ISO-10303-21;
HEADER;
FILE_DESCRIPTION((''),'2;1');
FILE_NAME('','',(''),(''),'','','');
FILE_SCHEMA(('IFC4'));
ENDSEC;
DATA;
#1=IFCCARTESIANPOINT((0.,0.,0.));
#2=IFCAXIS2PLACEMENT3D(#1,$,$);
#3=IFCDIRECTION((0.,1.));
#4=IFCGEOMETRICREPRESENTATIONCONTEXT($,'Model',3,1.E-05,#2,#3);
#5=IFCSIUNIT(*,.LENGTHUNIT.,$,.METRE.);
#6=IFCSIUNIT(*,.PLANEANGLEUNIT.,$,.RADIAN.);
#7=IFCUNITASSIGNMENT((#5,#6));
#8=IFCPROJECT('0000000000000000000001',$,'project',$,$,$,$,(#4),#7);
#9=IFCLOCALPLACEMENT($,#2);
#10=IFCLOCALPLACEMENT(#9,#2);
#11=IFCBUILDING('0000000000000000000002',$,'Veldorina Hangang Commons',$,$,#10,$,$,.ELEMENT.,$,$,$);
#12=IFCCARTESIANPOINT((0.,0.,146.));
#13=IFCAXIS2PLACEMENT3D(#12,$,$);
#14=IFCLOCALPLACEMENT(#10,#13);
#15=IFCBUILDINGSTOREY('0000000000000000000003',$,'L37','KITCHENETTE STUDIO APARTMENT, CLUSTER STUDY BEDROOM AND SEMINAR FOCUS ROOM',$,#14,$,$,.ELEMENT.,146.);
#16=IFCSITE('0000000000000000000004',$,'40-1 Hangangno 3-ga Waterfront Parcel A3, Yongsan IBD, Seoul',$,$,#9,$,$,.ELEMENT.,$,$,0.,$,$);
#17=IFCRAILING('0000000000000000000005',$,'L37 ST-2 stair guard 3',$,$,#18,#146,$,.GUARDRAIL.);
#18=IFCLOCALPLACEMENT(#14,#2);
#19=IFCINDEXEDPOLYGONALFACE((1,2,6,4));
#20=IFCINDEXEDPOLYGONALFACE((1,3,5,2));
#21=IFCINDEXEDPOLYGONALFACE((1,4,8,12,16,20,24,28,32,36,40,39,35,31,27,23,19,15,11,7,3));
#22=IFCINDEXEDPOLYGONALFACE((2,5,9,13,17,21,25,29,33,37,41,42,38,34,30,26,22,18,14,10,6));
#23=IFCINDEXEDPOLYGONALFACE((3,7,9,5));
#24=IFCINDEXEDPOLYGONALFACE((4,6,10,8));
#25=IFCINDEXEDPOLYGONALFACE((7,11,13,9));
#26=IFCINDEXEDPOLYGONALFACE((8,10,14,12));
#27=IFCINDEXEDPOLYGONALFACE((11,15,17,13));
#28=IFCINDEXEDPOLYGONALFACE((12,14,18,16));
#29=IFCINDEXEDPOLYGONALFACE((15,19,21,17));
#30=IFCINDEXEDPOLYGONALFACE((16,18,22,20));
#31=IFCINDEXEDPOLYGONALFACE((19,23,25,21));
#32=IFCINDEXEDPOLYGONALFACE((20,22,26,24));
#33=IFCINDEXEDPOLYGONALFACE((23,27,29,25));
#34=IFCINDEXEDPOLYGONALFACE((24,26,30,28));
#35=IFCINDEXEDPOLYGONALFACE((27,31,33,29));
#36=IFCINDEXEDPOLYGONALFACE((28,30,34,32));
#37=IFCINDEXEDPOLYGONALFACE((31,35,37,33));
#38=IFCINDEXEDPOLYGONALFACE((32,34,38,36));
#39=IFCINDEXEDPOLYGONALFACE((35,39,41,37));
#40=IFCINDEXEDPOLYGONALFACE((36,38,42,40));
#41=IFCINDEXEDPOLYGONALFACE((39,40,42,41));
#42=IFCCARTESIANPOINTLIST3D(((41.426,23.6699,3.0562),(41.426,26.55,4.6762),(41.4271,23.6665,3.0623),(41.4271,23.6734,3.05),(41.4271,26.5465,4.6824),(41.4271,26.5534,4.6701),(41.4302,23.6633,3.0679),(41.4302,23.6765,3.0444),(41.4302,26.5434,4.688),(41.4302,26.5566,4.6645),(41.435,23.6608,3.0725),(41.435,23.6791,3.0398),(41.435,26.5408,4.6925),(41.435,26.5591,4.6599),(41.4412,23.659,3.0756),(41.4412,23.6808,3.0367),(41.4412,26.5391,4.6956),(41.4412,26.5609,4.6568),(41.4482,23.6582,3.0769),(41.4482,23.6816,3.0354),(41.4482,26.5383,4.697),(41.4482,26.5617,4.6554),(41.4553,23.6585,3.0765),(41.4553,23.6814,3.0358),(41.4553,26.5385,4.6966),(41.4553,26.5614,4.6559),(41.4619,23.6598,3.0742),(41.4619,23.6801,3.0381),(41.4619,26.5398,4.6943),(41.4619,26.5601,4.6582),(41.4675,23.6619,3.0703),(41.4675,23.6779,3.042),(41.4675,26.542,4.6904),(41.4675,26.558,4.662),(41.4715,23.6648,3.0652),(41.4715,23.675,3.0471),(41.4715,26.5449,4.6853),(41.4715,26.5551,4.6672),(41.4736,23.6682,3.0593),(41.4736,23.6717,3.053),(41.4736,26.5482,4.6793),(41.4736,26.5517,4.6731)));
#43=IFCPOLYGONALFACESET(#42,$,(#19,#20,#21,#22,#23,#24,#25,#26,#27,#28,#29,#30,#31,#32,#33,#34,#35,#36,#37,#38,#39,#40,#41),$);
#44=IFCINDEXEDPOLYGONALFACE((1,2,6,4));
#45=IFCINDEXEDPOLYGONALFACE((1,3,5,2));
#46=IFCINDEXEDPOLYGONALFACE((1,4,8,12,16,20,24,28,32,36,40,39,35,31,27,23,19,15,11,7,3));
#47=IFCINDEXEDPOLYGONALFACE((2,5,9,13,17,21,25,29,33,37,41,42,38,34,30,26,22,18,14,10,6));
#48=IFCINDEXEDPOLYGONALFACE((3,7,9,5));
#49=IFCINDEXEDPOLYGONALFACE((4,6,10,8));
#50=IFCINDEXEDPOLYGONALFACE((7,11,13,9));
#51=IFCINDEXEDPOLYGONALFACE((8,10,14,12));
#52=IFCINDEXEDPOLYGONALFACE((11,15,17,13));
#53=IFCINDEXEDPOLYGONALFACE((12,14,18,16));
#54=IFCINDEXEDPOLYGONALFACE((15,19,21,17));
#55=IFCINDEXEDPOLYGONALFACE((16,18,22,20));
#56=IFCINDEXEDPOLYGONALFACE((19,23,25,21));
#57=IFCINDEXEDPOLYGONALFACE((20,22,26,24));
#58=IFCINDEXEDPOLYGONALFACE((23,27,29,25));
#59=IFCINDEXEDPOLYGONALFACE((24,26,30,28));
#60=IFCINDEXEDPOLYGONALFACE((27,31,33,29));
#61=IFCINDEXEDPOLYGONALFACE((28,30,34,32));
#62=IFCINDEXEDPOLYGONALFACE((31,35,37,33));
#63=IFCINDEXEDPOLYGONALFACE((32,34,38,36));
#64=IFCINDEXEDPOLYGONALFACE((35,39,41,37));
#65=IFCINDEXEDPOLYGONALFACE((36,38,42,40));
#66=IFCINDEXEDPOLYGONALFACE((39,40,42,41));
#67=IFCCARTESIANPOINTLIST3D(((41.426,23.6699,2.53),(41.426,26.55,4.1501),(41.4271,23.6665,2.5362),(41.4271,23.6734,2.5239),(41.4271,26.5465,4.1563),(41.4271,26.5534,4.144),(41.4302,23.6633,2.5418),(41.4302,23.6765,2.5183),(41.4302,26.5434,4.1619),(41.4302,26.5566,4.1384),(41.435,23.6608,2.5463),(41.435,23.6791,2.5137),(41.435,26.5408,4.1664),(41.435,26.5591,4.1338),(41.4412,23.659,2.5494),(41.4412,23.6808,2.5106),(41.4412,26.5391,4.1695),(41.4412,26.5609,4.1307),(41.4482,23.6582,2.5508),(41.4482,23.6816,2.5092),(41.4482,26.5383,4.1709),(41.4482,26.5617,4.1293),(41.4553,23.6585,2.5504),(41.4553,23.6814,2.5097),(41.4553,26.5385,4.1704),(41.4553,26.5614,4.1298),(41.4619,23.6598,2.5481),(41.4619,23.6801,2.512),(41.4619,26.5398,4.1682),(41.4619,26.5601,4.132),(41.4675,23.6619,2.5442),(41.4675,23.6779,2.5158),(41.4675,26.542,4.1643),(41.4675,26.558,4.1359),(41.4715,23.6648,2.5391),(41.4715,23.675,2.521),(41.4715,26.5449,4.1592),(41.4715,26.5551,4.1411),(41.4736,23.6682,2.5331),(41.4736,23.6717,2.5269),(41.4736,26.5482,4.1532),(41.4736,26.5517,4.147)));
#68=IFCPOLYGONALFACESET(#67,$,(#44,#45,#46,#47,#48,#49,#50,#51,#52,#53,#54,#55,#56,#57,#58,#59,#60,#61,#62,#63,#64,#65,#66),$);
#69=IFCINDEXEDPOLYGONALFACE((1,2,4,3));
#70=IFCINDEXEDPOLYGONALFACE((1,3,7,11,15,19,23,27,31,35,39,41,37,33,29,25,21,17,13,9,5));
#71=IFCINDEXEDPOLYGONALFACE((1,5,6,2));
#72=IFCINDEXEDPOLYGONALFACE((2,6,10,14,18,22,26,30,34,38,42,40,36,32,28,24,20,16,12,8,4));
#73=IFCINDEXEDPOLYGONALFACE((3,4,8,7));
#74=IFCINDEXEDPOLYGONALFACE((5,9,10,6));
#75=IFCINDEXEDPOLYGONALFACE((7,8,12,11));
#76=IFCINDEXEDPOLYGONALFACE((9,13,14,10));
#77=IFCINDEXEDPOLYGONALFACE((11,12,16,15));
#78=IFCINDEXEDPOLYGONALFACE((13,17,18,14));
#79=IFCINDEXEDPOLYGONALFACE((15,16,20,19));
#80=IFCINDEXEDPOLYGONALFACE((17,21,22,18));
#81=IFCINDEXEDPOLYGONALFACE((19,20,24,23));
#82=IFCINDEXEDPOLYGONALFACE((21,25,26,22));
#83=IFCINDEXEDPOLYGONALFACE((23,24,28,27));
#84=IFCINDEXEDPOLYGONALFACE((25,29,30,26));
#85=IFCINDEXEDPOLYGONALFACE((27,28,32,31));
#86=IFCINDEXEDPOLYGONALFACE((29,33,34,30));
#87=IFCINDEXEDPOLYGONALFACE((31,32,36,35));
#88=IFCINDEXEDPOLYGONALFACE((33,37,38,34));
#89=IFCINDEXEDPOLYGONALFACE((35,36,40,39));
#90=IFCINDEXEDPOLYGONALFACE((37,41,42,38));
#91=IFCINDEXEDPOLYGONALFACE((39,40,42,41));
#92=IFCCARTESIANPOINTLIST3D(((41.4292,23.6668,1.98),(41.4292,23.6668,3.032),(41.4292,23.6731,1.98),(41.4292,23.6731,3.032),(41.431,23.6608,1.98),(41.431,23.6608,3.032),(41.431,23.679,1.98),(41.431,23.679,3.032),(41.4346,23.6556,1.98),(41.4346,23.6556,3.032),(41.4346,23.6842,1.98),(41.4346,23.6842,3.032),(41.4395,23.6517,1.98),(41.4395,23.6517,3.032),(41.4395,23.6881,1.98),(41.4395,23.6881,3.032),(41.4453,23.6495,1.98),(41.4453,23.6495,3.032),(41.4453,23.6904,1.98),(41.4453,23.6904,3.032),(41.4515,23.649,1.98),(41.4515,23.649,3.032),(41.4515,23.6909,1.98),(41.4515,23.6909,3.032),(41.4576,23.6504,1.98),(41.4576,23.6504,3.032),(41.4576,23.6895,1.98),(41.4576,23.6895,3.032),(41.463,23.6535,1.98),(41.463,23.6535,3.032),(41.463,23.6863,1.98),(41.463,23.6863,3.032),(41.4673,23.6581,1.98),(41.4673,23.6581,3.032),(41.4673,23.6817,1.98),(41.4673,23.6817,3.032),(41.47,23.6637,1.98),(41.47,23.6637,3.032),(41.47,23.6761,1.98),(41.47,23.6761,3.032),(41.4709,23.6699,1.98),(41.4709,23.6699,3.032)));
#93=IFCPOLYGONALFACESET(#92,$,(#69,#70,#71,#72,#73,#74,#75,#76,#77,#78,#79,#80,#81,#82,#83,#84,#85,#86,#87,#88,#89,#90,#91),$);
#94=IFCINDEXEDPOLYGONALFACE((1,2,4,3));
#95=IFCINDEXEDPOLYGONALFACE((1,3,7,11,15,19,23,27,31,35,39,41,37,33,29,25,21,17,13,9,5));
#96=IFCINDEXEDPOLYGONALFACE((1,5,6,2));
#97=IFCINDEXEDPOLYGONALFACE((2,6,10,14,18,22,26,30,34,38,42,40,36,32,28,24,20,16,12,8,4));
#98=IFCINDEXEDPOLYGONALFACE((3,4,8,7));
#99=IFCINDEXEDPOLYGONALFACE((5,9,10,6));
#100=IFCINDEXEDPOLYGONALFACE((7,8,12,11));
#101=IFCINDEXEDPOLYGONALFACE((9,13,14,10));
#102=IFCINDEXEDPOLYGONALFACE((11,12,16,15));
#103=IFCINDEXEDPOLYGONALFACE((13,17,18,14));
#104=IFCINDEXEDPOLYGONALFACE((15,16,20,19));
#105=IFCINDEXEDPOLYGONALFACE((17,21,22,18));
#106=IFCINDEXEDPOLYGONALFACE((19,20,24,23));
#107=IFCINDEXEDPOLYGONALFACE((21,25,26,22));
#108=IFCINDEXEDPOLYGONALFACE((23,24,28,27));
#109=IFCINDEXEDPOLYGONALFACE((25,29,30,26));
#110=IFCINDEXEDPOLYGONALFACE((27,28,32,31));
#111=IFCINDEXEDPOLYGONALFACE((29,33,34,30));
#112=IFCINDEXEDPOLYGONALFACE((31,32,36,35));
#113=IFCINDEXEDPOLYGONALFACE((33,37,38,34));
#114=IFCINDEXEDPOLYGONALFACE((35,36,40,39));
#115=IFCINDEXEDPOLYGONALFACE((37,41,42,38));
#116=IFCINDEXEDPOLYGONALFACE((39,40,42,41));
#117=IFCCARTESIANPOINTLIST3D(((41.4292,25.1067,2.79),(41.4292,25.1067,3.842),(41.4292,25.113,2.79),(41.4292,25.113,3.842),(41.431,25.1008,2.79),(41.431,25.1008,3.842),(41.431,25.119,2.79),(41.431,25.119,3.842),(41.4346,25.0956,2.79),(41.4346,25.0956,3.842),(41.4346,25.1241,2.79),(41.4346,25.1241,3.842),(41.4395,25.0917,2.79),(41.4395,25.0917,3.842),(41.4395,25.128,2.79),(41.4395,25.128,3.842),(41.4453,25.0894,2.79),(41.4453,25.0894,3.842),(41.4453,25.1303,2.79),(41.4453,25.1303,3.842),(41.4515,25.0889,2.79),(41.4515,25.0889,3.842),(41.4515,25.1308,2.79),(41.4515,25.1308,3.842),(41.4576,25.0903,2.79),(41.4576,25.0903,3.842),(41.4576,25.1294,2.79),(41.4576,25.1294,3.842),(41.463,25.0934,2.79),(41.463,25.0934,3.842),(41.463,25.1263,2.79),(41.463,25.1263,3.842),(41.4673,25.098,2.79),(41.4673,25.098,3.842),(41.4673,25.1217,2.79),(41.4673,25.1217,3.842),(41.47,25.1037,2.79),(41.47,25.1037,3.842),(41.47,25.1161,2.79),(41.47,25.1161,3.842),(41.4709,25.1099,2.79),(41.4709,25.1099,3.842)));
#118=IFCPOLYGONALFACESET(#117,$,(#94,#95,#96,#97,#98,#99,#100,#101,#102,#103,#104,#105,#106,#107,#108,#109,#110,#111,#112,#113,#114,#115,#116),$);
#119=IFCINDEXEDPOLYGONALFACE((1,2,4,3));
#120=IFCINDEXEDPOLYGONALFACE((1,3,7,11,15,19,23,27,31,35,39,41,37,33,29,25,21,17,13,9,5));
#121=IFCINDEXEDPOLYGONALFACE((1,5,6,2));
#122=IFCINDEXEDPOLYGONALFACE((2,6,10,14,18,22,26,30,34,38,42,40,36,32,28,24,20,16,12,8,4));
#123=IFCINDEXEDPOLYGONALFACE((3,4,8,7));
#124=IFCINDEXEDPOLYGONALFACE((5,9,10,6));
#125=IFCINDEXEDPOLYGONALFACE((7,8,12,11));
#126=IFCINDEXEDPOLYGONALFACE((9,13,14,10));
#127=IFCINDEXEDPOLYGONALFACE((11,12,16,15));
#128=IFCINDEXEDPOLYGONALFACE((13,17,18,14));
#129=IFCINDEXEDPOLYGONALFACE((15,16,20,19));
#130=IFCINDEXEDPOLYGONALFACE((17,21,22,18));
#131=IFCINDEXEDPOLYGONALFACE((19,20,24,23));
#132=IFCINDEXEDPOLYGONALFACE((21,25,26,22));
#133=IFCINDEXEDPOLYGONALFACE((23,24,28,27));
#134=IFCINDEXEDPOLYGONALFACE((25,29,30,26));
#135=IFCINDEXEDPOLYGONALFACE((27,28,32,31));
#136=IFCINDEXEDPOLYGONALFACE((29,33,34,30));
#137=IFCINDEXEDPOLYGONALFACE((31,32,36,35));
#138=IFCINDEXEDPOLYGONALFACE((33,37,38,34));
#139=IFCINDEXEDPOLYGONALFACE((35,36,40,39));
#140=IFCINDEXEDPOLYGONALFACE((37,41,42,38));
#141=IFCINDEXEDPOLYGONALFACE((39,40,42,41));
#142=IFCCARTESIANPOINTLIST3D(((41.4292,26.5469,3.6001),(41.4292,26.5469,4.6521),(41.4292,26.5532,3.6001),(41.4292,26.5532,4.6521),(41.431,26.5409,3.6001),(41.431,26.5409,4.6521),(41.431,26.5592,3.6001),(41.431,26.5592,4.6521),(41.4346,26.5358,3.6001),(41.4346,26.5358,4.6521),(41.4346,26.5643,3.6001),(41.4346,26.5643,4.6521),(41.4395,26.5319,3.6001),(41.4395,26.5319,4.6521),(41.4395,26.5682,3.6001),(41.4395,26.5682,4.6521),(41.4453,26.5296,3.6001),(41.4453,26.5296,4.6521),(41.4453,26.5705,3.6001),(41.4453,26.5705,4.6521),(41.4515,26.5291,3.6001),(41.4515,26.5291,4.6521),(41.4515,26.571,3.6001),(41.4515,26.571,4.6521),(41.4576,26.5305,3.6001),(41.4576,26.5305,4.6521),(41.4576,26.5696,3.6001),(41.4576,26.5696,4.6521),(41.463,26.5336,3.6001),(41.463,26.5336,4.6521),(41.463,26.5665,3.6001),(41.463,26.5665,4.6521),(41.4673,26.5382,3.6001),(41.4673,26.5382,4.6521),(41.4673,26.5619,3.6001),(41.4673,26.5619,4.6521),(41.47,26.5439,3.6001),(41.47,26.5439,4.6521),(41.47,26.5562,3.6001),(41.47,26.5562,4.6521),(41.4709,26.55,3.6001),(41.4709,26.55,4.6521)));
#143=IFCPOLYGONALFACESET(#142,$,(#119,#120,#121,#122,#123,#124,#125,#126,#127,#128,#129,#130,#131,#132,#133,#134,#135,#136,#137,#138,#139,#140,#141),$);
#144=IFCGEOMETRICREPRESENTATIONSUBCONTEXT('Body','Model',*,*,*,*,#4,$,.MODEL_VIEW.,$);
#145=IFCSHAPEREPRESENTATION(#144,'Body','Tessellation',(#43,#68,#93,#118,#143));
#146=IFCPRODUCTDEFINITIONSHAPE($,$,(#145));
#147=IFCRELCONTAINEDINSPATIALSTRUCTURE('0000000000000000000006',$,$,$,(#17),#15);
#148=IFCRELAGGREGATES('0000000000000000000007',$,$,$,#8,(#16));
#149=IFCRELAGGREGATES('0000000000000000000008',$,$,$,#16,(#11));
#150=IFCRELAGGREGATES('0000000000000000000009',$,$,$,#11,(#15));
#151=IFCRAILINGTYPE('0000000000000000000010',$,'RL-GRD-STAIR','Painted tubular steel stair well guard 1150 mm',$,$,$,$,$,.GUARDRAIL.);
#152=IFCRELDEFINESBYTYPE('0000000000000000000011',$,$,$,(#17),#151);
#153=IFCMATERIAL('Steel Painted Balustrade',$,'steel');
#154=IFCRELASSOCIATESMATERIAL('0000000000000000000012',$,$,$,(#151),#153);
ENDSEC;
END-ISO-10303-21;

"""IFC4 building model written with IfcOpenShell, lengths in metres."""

from ifc_helpers import new_model, si_unit, direction, frame, origin, origin_2d, place, context, subcontext, project, spatial, circle, extrude, material, type_object, element, save


model = new_model("IFC4")

# Units and contexts
model_context = context("Model", 3, precision=1e-05, world=origin(), true_north=direction((0.0, 1.0)))
body_context = subcontext(model_context, "Body", "Model", "MODEL_VIEW")
ifc_project = project(units=[si_unit("LENGTHUNIT", "METRE"), si_unit("PLANEANGLEUNIT", "RADIAN")], contexts=[model_context])

# Site, building, storey
site_placement = place(None, origin())
site = spatial("IfcSite", under=ifc_project, at=site_placement, Name="40-1 Hangangno 3-ga Waterfront Parcel A3, Yongsan IBD, Seoul", CompositionType="ELEMENT", RefElevation=0.0)
building_placement = place(site_placement, origin())
building = spatial("IfcBuilding", under=site, at=building_placement, Name="Veldorina Hangang Commons", CompositionType="ELEMENT")
storey_placement = place(building_placement, frame((0.0, 0.0, 146.0)))
storey = spatial("IfcBuildingStorey", under=building, at=storey_placement, Name="L37", Description="KITCHENETTE STUDIO APARTMENT, CLUSTER STUDY BEDROOM AND SEMINAR FOCUS ROOM", CompositionType="ELEMENT", Elevation=146.0)

# Railing
ifc_material_1 = material(Name="Steel Painted Balustrade", Category="steel")
railing_type_1 = type_object("IfcRailingType", Name="RL-GRD-STAIR", Description="Painted tubular steel stair well guard 1150 mm", PredefinedType="GUARDRAIL", material=ifc_material_1)
railing_1_placement = place(storey_placement, frame((41.45, 23.6699, 1.98)))
element("IfcRailing", 1, at=railing_1_placement, inside=storey, type_object=railing_type_1, Name="L37 ST-2 stair guard 3", PredefinedType="GUARDRAIL", context=body_context, shape_type="SweptSolid", body=[
    extrude(circle(Radius=0.0239, at=origin_2d()), frame((0.0, 0.0, 1.0762), z_axis=(0.0, 0.87157, 0.490272), x_axis=(-1.0, 0.0, 0.0)), (0.0, 0.0, 1.0), 3.3044),
    extrude(circle(Radius=0.0239, at=origin_2d()), frame((0.0, 0.0, 0.55), z_axis=(0.0, 0.87157, 0.490272), x_axis=(-1.0, 0.0, 0.0)), (0.0, 0.0, 1.0), 3.3044),
    extrude(circle(Radius=0.021, at=origin_2d()), origin(), (0.0, 0.0, 1.0), 1.052),
    extrude(circle(Radius=0.021, at=origin_2d()), frame((0.0, 1.4399, 0.8101)), (0.0, 0.0, 1.0), 1.052),
    extrude(circle(Radius=0.021, at=origin_2d()), frame((0.0, 2.8801, 1.6201)), (0.0, 0.0, 1.0), 1.052),
])

save(model, "model.ifc")
